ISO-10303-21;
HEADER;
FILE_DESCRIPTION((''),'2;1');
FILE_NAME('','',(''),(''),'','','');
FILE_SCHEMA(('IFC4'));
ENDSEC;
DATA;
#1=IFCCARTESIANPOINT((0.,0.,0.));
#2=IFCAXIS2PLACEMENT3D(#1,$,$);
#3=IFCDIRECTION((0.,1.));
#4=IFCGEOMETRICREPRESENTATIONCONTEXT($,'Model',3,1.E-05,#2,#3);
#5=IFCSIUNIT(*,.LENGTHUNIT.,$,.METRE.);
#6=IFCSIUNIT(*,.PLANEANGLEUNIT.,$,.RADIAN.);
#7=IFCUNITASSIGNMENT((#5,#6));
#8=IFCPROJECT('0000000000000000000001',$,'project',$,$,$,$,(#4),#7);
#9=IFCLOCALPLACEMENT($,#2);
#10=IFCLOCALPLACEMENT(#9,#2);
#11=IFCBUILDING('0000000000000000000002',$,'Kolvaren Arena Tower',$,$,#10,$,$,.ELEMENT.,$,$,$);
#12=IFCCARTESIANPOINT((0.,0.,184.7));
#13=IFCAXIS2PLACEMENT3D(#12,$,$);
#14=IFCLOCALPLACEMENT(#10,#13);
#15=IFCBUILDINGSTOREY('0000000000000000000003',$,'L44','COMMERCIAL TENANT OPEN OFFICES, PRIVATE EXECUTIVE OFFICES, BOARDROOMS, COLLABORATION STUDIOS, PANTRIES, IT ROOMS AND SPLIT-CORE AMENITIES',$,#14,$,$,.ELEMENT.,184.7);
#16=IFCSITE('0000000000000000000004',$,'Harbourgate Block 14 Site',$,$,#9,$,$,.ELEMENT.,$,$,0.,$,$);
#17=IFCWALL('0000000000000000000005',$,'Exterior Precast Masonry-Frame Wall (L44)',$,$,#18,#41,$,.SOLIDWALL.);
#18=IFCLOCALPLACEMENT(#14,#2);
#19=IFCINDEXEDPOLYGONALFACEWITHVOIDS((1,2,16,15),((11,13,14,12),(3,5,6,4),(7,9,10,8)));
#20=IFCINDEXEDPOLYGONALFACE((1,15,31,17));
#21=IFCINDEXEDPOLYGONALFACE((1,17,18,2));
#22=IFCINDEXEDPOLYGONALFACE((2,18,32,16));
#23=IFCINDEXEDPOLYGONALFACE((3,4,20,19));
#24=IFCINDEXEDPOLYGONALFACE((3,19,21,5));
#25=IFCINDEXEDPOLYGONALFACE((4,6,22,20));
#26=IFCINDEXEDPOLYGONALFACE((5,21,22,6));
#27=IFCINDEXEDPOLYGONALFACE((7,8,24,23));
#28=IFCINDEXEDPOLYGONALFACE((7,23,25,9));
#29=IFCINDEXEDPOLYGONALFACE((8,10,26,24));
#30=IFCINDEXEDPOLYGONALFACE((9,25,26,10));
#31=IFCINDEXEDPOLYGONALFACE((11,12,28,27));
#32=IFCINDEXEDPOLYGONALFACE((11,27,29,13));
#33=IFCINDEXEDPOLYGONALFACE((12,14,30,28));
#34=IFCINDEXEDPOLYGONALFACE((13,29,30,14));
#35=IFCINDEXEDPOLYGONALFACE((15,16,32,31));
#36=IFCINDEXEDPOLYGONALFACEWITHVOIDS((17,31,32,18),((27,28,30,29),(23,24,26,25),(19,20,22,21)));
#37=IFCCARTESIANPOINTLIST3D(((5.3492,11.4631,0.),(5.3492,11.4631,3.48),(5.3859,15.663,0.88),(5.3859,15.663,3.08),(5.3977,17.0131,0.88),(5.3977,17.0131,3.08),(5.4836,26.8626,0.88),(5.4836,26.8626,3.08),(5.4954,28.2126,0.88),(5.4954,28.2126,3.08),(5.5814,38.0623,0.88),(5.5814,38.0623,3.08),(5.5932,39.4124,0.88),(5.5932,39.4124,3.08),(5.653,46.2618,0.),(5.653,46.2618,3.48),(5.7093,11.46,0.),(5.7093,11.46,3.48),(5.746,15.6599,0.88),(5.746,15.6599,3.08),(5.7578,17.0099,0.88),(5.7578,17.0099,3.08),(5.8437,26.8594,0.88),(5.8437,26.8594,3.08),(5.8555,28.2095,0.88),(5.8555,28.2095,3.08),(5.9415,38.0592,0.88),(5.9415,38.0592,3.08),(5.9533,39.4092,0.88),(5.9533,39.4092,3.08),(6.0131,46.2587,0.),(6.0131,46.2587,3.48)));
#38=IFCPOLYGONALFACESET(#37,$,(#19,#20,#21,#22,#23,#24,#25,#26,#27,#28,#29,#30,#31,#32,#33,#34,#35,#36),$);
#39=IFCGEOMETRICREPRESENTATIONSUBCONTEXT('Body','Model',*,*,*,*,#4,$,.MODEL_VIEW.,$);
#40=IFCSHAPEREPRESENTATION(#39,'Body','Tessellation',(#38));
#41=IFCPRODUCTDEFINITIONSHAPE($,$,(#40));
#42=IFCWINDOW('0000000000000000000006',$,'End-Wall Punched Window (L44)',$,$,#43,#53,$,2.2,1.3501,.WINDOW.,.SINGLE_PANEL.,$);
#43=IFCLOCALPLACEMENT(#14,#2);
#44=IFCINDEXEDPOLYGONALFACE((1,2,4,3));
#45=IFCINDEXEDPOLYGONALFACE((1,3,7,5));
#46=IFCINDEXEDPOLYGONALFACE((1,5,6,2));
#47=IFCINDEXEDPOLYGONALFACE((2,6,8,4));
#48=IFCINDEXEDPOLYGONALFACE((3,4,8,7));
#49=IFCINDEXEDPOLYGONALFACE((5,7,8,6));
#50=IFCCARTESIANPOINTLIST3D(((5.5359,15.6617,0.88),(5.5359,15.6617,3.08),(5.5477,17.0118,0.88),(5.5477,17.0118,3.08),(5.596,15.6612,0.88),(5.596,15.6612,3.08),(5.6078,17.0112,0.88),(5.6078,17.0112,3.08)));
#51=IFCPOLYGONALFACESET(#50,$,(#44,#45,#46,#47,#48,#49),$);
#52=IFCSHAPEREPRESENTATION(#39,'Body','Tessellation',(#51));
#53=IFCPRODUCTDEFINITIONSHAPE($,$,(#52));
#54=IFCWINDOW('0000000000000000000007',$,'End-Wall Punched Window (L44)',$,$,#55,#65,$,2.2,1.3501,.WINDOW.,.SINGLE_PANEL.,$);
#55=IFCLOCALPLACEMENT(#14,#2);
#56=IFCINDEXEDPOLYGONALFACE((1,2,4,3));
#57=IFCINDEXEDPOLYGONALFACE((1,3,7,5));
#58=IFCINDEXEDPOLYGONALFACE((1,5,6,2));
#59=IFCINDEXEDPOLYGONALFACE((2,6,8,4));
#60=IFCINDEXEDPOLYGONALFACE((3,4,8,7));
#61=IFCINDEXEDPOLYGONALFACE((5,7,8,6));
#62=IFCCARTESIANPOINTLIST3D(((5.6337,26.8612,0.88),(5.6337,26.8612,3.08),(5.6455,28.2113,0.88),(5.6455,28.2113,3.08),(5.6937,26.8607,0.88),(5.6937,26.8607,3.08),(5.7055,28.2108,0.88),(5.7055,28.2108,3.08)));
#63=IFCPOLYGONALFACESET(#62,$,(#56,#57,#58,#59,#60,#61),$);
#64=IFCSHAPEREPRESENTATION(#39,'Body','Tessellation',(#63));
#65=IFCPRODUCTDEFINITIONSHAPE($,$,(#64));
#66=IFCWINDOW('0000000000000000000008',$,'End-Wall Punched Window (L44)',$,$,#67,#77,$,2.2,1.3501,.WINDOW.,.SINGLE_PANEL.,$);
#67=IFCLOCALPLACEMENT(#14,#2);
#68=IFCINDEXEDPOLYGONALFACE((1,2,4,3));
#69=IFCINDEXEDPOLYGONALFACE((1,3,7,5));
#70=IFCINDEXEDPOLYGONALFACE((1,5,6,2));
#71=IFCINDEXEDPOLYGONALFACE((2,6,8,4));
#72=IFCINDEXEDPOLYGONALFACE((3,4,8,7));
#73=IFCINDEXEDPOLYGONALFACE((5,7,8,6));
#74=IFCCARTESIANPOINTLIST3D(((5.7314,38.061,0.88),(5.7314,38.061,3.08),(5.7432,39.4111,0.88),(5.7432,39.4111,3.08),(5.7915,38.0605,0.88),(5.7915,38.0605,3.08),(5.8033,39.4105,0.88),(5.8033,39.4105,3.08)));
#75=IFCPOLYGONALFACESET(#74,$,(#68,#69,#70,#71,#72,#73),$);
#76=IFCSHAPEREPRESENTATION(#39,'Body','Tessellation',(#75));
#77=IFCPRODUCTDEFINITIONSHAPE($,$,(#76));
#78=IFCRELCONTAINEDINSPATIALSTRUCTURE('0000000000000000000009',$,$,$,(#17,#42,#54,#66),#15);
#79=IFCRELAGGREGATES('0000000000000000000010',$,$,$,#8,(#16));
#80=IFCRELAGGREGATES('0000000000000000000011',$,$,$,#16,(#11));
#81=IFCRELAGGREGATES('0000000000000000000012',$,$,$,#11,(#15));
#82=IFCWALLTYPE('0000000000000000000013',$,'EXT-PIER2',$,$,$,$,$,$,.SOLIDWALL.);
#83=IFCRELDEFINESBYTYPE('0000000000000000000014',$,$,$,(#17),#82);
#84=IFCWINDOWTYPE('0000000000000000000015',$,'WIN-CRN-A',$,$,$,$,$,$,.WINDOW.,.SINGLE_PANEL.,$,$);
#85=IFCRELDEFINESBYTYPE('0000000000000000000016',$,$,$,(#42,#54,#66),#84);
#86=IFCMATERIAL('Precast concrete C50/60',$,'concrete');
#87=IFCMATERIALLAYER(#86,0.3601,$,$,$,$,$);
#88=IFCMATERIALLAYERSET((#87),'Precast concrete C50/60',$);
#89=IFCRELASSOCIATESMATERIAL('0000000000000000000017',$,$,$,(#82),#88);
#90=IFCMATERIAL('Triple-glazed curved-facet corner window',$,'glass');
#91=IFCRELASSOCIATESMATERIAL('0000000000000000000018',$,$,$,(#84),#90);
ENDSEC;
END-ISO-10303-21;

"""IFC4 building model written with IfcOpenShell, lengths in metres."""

from ifc_helpers import new_model, si_unit, direction, frame, frame_2d, origin, place, context, subcontext, project, spatial, rectangle, extrude, material, layer, layer_set, type_object, element, fill, save


model = new_model("IFC4")

# Units and contexts
model_context = context("Model", 3, precision=1e-05, world=origin(), true_north=direction((0.0, 1.0)))
body_context = subcontext(model_context, "Body", "Model", "MODEL_VIEW")
ifc_project = project(units=[si_unit("LENGTHUNIT", "METRE"), si_unit("PLANEANGLEUNIT", "RADIAN")], contexts=[model_context])

# Site, building, storey
site_placement = place(None, origin())
site = spatial("IfcSite", under=ifc_project, at=site_placement, Name="Harbourgate Block 14 Site", CompositionType="ELEMENT", RefElevation=0.0)
building_placement = place(site_placement, origin())
building = spatial("IfcBuilding", under=site, at=building_placement, Name="Kolvaren Arena Tower", CompositionType="ELEMENT")
storey_placement = place(building_placement, frame((0.0, 0.0, 184.7)))
storey = spatial("IfcBuildingStorey", under=building, at=storey_placement, Name="L44", Description="COMMERCIAL TENANT OPEN OFFICES, PRIVATE EXECUTIVE OFFICES, BOARDROOMS, COLLABORATION STUDIOS, PANTRIES, IT ROOMS AND SPLIT-CORE AMENITIES", CompositionType="ELEMENT", Elevation=184.7)

# Wall, openings, windows
ifc_material_1 = material(Name="Precast concrete C50/60", Category="concrete")
ifc_layer_1 = layer(ifc_material_1, 0.3601)
ifc_layer_set_1 = layer_set([ifc_layer_1], Name="Precast concrete C50/60")
wall_type_1 = type_object("IfcWallType", Name="EXT-PIER2", PredefinedType="SOLIDWALL", material=ifc_layer_set_1)
wall_1_placement = place(storey_placement, frame((5.5293, 11.4617, 0.0), z_axis=(0.0, 0.0, 1.0), x_axis=(0.008727, 0.999962, 0.0)))
wall_1 = element("IfcWall", 1, at=wall_1_placement, inside=storey, type_object=wall_type_1, Name="Exterior Precast Masonry-Frame Wall (L44)", PredefinedType="SOLIDWALL", context=body_context, shape_type="SweptSolid", body=[
    extrude(rectangle(XDim=34.8, YDim=0.3601, at=frame_2d((17.3999, 0.0))), origin(), (0.0, 0.0, 1.0), 3.48),
])
opening_1_placement = place(wall_1_placement, frame((4.2, 0.0, 0.8799)))
opening_1 = element("IfcOpeningElement", 2, at=opening_1_placement, cuts=wall_1, PredefinedType="OPENING", context=body_context, shape_type="SweptSolid", body=[
    extrude(rectangle(XDim=1.3501, YDim=2.2, at=frame_2d((0.675, 1.1001))), frame((0.0, 0.1899, 0.0), z_axis=(0.0, -1.0, 0.0), x_axis=(1.0, 0.0, 0.0)), (0.0, 0.0, 1.0), 0.3801),
])
opening_2_placement = place(wall_1_placement, frame((15.3999, 0.0, 0.8799)))
opening_2 = element("IfcOpeningElement", 3, at=opening_2_placement, cuts=wall_1, PredefinedType="OPENING", context=body_context, shape_type="SweptSolid", body=[
    extrude(rectangle(XDim=1.3501, YDim=2.2, at=frame_2d((0.675, 1.1001))), frame((0.0, 0.1899, 0.0), z_axis=(0.0, -1.0, 0.0), x_axis=(1.0, 0.0, 0.0)), (0.0, 0.0, 1.0), 0.3801),
])
opening_3_placement = place(wall_1_placement, frame((26.6001, 0.0, 0.8799)))
opening_3 = element("IfcOpeningElement", 4, at=opening_3_placement, cuts=wall_1, PredefinedType="OPENING", context=body_context, shape_type="SweptSolid", body=[
    extrude(rectangle(XDim=1.3501, YDim=2.2, at=frame_2d((0.675, 1.1001))), frame((0.0, 0.1899, 0.0), z_axis=(0.0, -1.0, 0.0), x_axis=(1.0, 0.0, 0.0)), (0.0, 0.0, 1.0), 0.3801),
])
ifc_material_2 = material(Name="Triple-glazed curved-facet corner window", Category="glass")
window_type = type_object("IfcWindowType", Name="WIN-CRN-A", PartitioningType="SINGLE_PANEL", PredefinedType="WINDOW", material=ifc_material_2)
window_1_placement = place(opening_1_placement, origin())
window_1 = element("IfcWindow", 5, at=window_1_placement, inside=storey, type_object=window_type, Name="End-Wall Punched Window (L44)", OverallHeight=2.2, OverallWidth=1.3501, PartitioningType="SINGLE_PANEL", PredefinedType="WINDOW", context=body_context, shape_type="SweptSolid", body=[
    extrude(rectangle(XDim=1.3501, YDim=2.2, at=frame_2d((0.675, 1.1001))), frame((0.0, 0.03, 0.0), z_axis=(0.0, -1.0, 0.0), x_axis=(1.0, 0.0, 0.0)), (0.0, 0.0, 1.0), 0.0601),
])
fill(opening_1, window_1)
window_2_placement = place(opening_2_placement, origin())
window_2 = element("IfcWindow", 6, at=window_2_placement, inside=storey, type_object=window_type, Name="End-Wall Punched Window (L44)", OverallHeight=2.2, OverallWidth=1.3501, PartitioningType="SINGLE_PANEL", PredefinedType="WINDOW", context=body_context, shape_type="SweptSolid", body=[
    extrude(rectangle(XDim=1.3501, YDim=2.2, at=frame_2d((0.675, 1.1001))), frame((0.0, 0.03, 0.0), z_axis=(0.0, -1.0, 0.0), x_axis=(1.0, 0.0, 0.0)), (0.0, 0.0, 1.0), 0.0601),
])
fill(opening_2, window_2)
window_3_placement = place(opening_3_placement, origin())
window_3 = element("IfcWindow", 7, at=window_3_placement, inside=storey, type_object=window_type, Name="End-Wall Punched Window (L44)", OverallHeight=2.2, OverallWidth=1.3501, PartitioningType="SINGLE_PANEL", PredefinedType="WINDOW", context=body_context, shape_type="SweptSolid", body=[
    extrude(rectangle(XDim=1.3501, YDim=2.2, at=frame_2d((0.675, 1.1001))), frame((0.0, 0.03, 0.0), z_axis=(0.0, -1.0, 0.0), x_axis=(1.0, 0.0, 0.0)), (0.0, 0.0, 1.0), 0.0601),
])
fill(opening_3, window_3)

save(model, "model.ifc")
